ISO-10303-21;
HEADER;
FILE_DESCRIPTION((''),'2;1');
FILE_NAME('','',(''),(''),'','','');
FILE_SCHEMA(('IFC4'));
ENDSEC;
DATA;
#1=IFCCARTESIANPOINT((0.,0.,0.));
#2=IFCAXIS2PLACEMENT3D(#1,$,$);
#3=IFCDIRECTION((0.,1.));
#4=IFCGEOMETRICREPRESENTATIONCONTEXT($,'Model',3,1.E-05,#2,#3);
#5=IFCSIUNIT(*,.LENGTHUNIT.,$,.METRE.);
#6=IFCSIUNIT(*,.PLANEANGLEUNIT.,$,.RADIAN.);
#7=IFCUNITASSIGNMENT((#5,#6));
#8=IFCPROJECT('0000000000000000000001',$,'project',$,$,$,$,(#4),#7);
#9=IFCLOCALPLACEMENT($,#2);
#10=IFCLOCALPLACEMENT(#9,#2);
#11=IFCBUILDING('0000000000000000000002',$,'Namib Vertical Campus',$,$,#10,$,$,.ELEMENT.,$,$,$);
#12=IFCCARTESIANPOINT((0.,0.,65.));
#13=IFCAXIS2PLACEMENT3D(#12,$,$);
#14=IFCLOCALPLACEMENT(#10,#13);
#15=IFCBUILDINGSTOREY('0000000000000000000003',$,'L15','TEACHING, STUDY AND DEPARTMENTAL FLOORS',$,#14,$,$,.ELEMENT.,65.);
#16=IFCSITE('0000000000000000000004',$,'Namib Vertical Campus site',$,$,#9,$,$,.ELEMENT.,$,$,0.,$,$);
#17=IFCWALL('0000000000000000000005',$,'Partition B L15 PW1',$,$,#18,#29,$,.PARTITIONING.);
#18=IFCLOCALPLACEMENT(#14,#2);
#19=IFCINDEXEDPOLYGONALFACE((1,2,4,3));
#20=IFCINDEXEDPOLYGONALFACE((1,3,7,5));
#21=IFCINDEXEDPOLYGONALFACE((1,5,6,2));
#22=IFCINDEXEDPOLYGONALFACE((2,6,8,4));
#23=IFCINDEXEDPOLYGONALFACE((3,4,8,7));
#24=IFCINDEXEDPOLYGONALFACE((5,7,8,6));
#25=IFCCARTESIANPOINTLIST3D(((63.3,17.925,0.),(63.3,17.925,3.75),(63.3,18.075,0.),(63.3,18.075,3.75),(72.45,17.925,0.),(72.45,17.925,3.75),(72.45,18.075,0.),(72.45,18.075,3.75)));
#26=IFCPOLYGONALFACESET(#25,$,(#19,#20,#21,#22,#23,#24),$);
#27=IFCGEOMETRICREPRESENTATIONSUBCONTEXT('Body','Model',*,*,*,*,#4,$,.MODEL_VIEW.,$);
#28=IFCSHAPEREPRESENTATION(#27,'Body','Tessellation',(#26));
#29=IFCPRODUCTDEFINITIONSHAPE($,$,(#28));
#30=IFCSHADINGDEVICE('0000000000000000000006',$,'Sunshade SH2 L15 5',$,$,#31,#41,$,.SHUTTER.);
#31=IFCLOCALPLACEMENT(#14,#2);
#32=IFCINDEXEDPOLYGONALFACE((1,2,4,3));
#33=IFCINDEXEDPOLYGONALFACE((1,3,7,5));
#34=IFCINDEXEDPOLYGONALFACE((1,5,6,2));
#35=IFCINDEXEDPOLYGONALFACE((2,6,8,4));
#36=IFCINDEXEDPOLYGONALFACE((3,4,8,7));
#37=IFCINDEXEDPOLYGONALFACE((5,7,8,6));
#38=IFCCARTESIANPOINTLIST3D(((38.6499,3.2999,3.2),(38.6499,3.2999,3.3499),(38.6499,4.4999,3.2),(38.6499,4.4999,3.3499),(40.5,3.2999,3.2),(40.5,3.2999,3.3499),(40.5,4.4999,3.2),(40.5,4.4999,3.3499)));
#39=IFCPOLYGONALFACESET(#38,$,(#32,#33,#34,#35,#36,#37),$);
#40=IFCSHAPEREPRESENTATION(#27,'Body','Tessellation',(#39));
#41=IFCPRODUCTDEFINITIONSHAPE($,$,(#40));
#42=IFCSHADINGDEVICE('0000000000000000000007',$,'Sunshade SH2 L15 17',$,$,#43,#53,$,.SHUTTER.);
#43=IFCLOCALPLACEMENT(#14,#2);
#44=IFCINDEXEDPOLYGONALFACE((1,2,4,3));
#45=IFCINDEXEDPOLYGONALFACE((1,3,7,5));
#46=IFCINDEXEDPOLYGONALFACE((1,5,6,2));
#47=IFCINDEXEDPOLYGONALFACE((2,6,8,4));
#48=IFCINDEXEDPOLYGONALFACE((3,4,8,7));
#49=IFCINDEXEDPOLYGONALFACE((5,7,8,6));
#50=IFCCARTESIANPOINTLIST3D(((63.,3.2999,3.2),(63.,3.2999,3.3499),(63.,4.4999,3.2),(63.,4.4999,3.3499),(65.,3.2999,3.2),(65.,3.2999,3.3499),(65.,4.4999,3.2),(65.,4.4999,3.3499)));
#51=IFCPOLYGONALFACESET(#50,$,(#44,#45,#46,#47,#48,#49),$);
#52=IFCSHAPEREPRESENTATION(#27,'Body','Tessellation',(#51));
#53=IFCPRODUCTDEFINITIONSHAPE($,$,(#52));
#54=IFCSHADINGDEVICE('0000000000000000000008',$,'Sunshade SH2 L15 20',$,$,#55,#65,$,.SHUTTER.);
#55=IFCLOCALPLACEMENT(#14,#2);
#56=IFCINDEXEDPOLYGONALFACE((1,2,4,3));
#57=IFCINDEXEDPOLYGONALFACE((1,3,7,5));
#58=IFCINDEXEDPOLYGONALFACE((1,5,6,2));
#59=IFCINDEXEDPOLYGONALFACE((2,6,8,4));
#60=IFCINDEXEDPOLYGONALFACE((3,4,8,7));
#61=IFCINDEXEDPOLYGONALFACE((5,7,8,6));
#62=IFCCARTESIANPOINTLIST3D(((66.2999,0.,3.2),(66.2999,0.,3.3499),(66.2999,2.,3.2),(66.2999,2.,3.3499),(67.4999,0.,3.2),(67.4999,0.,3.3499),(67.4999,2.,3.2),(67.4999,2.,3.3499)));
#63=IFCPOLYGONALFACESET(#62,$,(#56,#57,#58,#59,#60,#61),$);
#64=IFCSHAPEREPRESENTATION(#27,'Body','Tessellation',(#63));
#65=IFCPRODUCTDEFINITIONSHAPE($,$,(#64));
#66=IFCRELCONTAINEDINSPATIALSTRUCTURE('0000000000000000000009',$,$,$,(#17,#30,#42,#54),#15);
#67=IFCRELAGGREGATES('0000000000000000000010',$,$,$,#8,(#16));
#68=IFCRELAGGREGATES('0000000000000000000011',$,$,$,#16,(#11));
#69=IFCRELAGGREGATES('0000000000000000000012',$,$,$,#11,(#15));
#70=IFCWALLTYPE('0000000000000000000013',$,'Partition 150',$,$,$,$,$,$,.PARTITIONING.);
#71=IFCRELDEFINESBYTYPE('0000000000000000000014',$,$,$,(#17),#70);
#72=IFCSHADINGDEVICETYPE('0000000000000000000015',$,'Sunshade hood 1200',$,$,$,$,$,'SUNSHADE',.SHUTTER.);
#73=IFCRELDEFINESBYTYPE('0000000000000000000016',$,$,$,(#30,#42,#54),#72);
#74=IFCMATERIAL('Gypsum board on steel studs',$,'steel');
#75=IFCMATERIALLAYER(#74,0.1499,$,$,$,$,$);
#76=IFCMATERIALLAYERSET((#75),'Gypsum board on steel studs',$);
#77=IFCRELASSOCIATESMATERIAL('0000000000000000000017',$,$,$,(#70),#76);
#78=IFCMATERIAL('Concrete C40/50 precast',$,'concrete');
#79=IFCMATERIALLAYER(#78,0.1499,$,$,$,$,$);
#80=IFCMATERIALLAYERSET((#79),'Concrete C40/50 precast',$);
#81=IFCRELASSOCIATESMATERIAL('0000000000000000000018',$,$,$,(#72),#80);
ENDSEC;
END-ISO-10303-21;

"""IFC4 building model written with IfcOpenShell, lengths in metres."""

from ifc_helpers import new_model, si_unit, direction, frame, frame_2d, origin, origin_2d, place, context, subcontext, project, spatial, rectangle, extrude, material, layer, layer_set, type_object, element, save


model = new_model("IFC4")

# Units and contexts
model_context = context("Model", 3, precision=1e-05, world=origin(), true_north=direction((0.0, 1.0)))
body_context = subcontext(model_context, "Body", "Model", "MODEL_VIEW")
ifc_project = project(units=[si_unit("LENGTHUNIT", "METRE"), si_unit("PLANEANGLEUNIT", "RADIAN")], contexts=[model_context])

# Site, building, storey
site_placement = place(None, origin())
site = spatial("IfcSite", under=ifc_project, at=site_placement, Name="Namib Vertical Campus site", CompositionType="ELEMENT", RefElevation=0.0)
building_placement = place(site_placement, origin())
building = spatial("IfcBuilding", under=site, at=building_placement, Name="Namib Vertical Campus", CompositionType="ELEMENT")
storey_placement = place(building_placement, frame((0.0, 0.0, 65.0)))
storey = spatial("IfcBuildingStorey", under=building, at=storey_placement, Name="L15", Description="TEACHING, STUDY AND DEPARTMENTAL FLOORS", CompositionType="ELEMENT", Elevation=65.0)

# Wall
ifc_material_1 = material(Name="Gypsum board on steel studs", Category="steel")
ifc_layer_1 = layer(ifc_material_1, 0.1499)
ifc_layer_set_1 = layer_set([ifc_layer_1], Name="Gypsum board on steel studs")
wall_type_1 = type_object("IfcWallType", Name="Partition 150", PredefinedType="PARTITIONING", material=ifc_layer_set_1)
wall_1_placement = place(storey_placement, frame((63.3, 18.0, 0.0), z_axis=(0.0, 0.0, 1.0), x_axis=(1.0, 0.0, 0.0)))
element("IfcWall", 1, at=wall_1_placement, inside=storey, type_object=wall_type_1, Name="Partition B L15 PW1", PredefinedType="PARTITIONING", context=body_context, shape_type="SweptSolid", body=[
    extrude(rectangle(XDim=9.1499, YDim=0.1499, at=frame_2d((4.575, 0.0))), origin(), (0.0, 0.0, 1.0), 3.75),
])

# Shading devices
ifc_material_2 = material(Name="Concrete C40/50 precast", Category="concrete")
ifc_layer_2 = layer(ifc_material_2, 0.1499)
ifc_layer_set_2 = layer_set([ifc_layer_2], Name="Concrete C40/50 precast")
shading_device_type = type_object("IfcShadingDeviceType", Name="Sunshade hood 1200", ElementType="SUNSHADE", PredefinedType="SHUTTER", material=ifc_layer_set_2)
shading_device_placement = place(storey_placement, frame((39.575, 3.8999, 3.2), z_axis=(0.0, 0.0, 1.0), x_axis=(1.0, 0.0, 0.0)))
element("IfcShadingDevice", 2, at=shading_device_placement, inside=storey, type_object=shading_device_type, Name="Sunshade SH2 L15 5", PredefinedType="SHUTTER", context=body_context, shape_type="SweptSolid", body=[
    extrude(rectangle(XDim=1.8501, YDim=1.2, at=origin_2d()), origin(), (0.0, 0.0, 1.0), 0.1499),
])
for number, where, z_axis, x_axis, name in (
    (3, (64.0, 3.8999, 3.2), (0.0, 0.0, 1.0), (1.0, 0.0, 0.0), "Sunshade SH2 L15 17"),
    (4, (66.8999, 1.0, 3.2), (0.0, 0.0, 1.0), (0.0, -1.0, 0.0), "Sunshade SH2 L15 20"),
):
    element("IfcShadingDevice", number, at=place(storey_placement, frame(where, z_axis=z_axis, x_axis=x_axis)), inside=storey, type_object=shading_device_type, Name=name, PredefinedType="SHUTTER", context=body_context, shape_type="SweptSolid", body=[
        extrude(rectangle(XDim=2.0, YDim=1.2, at=origin_2d()), origin(), (0.0, 0.0, 1.0), 0.1499),
    ])

save(model, "model.ifc")
